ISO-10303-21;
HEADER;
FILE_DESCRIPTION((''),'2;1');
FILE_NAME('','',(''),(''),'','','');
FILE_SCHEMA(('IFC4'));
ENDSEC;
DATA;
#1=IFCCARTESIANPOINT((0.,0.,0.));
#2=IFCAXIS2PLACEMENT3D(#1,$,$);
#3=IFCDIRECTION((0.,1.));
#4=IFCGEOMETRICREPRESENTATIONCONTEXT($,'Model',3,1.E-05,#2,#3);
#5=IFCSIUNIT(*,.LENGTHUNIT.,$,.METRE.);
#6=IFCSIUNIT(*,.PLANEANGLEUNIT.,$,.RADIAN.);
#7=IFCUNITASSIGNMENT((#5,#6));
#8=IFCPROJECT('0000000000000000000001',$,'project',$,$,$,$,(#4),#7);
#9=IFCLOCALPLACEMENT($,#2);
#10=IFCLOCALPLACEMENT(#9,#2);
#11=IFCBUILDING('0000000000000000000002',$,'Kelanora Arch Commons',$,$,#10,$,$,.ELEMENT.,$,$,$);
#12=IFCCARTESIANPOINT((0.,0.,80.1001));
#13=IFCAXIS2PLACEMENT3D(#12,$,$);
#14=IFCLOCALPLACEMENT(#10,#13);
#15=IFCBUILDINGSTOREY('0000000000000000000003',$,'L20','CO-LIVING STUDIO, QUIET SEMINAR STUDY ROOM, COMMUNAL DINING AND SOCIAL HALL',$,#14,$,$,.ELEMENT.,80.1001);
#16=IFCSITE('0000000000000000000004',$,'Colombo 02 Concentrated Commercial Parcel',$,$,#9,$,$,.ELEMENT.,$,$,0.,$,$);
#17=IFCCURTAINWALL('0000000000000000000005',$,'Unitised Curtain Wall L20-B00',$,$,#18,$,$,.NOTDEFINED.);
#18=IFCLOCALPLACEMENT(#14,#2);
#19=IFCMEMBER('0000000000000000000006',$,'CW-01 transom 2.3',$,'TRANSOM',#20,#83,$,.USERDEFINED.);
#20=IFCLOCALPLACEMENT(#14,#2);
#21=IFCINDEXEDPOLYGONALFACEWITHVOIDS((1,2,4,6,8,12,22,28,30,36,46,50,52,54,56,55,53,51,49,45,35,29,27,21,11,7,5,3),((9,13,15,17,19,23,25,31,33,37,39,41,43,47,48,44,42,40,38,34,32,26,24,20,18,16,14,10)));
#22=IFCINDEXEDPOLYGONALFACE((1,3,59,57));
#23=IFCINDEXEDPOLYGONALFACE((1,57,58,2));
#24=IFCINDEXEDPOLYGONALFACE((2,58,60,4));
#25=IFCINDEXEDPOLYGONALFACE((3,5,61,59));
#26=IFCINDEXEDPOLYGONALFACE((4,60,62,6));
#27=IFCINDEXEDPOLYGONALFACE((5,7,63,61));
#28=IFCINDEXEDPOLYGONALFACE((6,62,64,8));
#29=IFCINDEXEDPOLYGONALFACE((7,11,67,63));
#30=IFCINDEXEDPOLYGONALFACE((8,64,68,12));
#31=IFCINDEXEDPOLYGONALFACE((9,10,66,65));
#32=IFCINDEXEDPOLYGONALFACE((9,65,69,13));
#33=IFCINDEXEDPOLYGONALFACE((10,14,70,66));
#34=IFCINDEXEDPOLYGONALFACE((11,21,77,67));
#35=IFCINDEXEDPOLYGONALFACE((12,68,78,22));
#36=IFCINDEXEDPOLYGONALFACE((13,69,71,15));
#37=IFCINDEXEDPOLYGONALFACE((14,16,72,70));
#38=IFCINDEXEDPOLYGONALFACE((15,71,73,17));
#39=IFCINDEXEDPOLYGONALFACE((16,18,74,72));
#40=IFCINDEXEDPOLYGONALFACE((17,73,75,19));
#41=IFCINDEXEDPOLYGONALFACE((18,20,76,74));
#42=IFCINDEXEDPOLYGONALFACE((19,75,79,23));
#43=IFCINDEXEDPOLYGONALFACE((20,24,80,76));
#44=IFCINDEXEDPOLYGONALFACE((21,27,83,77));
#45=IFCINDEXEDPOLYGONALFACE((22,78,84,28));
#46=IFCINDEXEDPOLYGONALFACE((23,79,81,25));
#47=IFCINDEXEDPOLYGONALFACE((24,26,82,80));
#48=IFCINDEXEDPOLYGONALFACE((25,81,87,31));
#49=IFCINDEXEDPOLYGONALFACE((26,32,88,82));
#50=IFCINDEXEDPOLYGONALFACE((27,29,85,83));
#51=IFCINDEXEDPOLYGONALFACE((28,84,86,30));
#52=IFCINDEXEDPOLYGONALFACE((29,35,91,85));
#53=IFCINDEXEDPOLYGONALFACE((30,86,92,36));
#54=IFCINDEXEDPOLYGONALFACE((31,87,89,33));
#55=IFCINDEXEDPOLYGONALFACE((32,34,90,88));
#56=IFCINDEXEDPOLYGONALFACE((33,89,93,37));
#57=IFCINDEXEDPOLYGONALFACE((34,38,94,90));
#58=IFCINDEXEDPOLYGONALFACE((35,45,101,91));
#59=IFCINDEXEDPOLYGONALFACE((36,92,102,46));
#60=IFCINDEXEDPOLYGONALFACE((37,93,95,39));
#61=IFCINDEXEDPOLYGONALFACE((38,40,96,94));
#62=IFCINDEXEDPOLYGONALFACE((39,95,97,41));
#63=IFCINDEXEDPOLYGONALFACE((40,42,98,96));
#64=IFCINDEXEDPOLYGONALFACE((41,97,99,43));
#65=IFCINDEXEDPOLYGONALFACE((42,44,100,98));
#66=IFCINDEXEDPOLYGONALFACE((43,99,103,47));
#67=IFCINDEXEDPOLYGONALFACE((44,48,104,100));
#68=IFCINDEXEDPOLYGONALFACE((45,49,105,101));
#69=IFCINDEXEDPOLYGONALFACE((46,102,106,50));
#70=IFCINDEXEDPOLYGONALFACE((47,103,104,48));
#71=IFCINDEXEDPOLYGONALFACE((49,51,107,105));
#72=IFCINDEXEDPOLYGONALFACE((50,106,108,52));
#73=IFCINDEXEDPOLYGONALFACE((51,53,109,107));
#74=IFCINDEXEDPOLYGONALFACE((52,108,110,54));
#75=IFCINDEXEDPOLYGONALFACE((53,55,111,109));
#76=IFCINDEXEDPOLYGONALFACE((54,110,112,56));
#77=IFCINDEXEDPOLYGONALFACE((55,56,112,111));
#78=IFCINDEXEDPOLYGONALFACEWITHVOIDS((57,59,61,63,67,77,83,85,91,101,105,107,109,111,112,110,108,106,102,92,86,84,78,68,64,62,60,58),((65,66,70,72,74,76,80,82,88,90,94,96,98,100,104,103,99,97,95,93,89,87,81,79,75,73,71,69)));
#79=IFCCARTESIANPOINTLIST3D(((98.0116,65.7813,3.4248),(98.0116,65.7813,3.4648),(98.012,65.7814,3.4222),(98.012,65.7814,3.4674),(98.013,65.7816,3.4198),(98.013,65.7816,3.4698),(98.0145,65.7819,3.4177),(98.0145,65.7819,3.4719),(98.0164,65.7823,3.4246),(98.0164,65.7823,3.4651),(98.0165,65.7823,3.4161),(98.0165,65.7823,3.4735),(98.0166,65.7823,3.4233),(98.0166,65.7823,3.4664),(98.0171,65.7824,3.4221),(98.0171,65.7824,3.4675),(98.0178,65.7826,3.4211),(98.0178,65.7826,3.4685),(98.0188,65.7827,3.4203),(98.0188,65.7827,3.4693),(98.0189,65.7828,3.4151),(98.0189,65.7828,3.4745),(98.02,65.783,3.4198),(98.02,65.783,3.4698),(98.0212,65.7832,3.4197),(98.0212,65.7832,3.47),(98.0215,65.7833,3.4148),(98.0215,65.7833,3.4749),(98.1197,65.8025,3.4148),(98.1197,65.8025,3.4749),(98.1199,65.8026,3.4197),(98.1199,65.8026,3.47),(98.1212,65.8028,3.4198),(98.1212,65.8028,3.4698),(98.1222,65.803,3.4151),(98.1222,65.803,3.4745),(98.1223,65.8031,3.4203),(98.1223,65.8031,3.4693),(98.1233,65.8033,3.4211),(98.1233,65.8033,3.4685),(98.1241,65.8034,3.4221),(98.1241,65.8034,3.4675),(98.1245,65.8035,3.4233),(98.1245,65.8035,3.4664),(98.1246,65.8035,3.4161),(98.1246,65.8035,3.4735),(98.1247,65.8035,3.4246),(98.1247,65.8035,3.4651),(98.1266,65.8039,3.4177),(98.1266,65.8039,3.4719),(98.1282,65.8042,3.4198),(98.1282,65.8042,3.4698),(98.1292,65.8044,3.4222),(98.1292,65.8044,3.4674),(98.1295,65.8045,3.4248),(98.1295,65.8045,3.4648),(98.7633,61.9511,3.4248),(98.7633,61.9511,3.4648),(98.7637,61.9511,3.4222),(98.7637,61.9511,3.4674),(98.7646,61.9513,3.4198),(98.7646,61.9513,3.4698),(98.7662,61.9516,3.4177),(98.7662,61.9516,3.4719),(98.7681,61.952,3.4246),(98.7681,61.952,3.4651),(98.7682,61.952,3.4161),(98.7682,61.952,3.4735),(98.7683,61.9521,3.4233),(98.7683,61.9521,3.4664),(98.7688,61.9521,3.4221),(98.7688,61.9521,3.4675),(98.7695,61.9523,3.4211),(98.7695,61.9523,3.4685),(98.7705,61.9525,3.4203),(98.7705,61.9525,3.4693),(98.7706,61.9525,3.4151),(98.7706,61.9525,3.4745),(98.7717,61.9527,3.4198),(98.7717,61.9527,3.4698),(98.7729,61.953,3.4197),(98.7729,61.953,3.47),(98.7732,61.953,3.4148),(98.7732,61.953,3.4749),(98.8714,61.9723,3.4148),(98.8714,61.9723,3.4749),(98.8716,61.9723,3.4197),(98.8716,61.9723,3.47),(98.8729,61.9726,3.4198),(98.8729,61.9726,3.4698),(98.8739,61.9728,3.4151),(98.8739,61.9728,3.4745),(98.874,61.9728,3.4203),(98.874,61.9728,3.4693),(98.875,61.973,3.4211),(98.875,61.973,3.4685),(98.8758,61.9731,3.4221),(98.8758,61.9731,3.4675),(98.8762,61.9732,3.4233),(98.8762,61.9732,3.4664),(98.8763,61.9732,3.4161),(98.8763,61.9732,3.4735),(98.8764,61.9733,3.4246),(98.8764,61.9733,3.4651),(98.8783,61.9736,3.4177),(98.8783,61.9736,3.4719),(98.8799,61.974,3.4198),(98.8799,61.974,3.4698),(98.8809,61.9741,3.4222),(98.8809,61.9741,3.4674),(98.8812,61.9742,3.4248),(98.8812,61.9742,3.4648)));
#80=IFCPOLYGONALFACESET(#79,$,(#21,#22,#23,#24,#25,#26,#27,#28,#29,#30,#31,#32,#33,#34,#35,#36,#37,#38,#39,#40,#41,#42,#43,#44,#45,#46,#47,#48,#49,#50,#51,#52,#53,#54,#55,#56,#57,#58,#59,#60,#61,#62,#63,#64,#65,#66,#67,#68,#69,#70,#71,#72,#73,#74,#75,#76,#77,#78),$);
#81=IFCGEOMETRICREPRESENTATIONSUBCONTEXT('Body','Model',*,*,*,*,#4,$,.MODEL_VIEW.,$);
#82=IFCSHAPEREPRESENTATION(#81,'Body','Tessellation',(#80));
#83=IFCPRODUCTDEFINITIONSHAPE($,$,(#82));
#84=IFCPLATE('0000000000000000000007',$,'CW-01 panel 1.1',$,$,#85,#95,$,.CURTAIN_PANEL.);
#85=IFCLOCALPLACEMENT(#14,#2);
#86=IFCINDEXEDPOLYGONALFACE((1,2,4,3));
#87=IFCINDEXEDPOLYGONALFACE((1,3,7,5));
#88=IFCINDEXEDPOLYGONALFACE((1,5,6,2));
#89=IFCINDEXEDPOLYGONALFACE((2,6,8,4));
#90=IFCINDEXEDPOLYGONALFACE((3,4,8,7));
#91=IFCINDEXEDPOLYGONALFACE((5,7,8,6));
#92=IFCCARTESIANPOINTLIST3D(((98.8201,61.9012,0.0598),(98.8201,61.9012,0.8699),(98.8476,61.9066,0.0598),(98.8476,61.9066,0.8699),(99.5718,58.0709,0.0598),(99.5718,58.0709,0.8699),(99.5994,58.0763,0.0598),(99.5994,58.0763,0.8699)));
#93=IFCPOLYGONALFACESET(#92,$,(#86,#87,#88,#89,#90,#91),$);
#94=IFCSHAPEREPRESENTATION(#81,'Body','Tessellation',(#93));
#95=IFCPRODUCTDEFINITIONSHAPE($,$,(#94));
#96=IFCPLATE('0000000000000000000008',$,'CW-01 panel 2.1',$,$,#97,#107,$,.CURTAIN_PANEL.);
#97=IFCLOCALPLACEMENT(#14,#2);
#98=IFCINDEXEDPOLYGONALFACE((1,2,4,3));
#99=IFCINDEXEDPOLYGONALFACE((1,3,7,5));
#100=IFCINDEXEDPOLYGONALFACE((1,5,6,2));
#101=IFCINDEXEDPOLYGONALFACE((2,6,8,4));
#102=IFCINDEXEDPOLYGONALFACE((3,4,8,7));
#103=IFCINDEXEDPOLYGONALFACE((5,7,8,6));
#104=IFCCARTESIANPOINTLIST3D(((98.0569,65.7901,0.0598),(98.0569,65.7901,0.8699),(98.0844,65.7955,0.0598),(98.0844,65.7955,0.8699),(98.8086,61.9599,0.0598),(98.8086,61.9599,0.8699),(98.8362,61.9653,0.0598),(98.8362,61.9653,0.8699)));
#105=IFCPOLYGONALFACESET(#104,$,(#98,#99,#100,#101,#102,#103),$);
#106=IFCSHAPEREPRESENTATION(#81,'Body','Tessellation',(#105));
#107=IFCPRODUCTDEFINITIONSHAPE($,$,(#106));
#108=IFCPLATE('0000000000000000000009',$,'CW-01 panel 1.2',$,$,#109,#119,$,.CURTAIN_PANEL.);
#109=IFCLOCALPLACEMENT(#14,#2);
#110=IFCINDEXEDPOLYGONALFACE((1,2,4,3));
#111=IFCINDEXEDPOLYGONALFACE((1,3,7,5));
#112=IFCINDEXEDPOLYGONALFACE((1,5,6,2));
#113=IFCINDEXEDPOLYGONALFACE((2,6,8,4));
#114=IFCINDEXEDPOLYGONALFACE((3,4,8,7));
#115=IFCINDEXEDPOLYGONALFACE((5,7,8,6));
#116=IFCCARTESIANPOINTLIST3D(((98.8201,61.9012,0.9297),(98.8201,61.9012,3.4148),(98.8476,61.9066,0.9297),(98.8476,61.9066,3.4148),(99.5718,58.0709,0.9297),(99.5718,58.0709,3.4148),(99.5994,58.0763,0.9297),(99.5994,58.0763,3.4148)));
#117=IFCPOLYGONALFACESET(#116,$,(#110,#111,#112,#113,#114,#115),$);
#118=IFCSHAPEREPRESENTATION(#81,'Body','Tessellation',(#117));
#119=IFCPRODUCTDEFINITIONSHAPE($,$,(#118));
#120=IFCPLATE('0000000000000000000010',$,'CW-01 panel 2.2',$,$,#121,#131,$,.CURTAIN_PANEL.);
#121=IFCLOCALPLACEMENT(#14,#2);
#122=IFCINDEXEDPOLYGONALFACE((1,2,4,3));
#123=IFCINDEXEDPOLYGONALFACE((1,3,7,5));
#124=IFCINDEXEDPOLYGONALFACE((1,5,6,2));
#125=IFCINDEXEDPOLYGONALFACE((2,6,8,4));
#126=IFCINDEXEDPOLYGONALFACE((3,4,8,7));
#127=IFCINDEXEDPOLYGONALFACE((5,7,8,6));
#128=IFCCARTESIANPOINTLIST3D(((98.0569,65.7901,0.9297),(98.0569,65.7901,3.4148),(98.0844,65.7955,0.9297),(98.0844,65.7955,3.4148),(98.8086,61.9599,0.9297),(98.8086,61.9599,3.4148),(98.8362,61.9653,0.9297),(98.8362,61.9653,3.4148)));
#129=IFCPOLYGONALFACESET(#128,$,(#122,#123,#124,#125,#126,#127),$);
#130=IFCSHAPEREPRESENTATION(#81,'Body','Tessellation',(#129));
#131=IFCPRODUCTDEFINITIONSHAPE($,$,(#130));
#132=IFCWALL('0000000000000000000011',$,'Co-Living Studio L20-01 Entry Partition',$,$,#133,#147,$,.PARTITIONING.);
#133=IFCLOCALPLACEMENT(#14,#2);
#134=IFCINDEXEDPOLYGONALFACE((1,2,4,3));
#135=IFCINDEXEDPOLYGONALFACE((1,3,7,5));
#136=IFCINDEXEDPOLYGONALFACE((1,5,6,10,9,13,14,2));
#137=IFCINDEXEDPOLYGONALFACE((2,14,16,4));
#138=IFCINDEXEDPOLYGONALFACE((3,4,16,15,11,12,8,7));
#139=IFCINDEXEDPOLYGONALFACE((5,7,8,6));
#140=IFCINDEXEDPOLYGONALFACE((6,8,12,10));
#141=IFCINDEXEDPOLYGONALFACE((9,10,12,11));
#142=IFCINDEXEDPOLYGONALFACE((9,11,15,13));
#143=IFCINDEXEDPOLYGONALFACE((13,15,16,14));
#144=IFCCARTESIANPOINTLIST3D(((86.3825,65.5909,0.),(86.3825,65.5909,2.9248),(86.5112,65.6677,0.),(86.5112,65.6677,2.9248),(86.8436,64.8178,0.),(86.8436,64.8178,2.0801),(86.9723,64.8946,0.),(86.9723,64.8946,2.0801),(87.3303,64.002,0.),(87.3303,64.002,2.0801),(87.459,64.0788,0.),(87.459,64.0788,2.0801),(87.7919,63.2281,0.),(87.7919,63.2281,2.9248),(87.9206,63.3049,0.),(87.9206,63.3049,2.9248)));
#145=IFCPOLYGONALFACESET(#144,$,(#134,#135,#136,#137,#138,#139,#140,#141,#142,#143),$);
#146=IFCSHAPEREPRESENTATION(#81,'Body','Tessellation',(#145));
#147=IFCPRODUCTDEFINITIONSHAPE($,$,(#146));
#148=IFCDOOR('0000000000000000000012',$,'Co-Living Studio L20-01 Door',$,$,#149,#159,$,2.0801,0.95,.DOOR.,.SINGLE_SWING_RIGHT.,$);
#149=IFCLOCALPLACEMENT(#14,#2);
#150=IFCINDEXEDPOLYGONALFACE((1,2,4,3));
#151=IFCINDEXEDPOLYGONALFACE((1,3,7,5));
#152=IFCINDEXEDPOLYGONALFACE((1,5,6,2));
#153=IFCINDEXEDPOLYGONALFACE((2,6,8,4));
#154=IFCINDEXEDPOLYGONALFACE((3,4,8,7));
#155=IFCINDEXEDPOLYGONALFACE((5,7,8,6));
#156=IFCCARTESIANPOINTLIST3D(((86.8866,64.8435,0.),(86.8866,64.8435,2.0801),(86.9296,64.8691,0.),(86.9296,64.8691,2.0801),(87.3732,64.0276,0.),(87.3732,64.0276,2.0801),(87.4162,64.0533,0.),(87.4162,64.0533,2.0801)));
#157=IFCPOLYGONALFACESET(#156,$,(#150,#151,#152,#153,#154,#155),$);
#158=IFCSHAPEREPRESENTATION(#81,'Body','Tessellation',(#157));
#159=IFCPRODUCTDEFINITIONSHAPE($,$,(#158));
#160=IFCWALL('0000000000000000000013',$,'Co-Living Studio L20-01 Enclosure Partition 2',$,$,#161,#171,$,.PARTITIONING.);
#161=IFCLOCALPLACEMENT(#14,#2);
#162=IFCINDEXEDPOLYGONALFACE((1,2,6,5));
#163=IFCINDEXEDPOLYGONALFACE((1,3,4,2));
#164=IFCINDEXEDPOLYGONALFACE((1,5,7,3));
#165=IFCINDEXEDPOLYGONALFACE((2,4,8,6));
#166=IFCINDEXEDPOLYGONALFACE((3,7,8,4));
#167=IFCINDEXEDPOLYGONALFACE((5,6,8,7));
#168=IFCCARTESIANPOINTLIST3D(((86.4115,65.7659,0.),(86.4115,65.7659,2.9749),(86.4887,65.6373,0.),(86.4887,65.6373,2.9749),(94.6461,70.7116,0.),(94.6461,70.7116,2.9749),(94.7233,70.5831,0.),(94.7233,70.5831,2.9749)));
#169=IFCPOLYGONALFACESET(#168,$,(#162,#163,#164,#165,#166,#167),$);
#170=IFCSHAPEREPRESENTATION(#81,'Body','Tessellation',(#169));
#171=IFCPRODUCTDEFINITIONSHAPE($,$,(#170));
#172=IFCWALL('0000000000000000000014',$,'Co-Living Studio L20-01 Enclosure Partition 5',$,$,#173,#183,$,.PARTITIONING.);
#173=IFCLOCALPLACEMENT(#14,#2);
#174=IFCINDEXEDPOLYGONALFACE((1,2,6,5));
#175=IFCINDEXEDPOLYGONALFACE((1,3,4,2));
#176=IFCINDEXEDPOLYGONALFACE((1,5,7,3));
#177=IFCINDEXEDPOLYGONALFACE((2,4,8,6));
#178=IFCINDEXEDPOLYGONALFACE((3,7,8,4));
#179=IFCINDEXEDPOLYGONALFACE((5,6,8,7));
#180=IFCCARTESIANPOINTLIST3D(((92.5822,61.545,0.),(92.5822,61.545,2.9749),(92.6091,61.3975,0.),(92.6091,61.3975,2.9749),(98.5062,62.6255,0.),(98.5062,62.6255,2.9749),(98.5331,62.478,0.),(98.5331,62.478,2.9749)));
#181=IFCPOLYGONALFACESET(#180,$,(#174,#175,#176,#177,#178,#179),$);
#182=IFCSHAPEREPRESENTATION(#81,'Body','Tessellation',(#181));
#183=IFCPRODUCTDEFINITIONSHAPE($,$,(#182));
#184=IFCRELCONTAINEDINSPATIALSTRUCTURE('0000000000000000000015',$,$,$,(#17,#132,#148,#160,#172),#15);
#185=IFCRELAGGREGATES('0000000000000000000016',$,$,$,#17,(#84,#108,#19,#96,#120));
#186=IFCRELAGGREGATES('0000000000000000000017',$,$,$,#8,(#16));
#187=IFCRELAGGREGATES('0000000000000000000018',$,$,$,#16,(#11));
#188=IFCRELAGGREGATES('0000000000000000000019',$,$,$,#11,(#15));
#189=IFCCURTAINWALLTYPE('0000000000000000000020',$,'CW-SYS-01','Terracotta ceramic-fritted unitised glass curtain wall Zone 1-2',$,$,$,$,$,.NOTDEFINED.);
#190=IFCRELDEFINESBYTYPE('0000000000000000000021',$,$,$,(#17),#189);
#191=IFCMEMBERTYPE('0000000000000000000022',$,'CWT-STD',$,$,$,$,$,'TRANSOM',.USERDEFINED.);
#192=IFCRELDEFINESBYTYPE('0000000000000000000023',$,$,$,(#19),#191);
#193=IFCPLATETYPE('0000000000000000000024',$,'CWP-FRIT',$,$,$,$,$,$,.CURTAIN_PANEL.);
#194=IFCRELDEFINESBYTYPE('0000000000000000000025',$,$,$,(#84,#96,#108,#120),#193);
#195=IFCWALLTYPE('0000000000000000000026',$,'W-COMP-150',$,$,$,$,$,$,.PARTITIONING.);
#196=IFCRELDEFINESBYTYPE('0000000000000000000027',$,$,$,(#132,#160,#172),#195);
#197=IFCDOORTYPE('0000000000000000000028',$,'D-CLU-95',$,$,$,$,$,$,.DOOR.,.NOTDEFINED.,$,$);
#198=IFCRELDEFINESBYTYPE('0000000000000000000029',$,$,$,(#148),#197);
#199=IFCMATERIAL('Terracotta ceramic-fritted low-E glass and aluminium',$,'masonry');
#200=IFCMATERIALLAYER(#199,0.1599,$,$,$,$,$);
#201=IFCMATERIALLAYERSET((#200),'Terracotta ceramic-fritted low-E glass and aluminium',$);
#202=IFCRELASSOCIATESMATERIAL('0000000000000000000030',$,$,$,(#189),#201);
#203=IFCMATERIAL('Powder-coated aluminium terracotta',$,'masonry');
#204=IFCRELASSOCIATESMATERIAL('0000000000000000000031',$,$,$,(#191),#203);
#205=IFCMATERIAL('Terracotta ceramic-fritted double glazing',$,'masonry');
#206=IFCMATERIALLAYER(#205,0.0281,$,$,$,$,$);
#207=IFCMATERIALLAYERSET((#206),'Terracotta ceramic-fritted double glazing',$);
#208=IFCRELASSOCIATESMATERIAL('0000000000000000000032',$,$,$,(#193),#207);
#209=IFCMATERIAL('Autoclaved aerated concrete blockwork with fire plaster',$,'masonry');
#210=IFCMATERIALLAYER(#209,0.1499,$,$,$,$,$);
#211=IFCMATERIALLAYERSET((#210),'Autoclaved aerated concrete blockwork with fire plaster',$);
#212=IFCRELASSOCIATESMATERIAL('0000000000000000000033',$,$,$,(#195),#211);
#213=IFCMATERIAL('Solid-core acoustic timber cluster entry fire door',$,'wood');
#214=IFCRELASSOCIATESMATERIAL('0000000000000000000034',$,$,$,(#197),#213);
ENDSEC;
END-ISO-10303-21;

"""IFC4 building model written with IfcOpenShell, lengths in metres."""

from ifc_helpers import new_model, si_unit, direction, frame, frame_2d, origin, origin_2d, place, context, subcontext, project, spatial, rectangle, hollow_rectangle, extrude, source, transform, mapped, material, layer, layer_set, material_profile, profile_set, type_object, element, fill, aggregate, save


model = new_model("IFC4")

# Units and contexts
model_context = context("Model", 3, precision=1e-05, world=origin(), true_north=direction((0.0, 1.0)))
body_context = subcontext(model_context, "Body", "Model", "MODEL_VIEW")
ifc_project = project(units=[si_unit("LENGTHUNIT", "METRE"), si_unit("PLANEANGLEUNIT", "RADIAN")], contexts=[model_context])

# Site, building, storey
site_placement = place(None, origin())
site = spatial("IfcSite", under=ifc_project, at=site_placement, Name="Colombo 02 Concentrated Commercial Parcel", CompositionType="ELEMENT", RefElevation=0.0)
building_placement = place(site_placement, origin())
building = spatial("IfcBuilding", under=site, at=building_placement, Name="Kelanora Arch Commons", CompositionType="ELEMENT")
storey_placement = place(building_placement, frame((0.0, 0.0, 80.1001)))
storey = spatial("IfcBuildingStorey", under=building, at=storey_placement, Name="L20", Description="CO-LIVING STUDIO, QUIET SEMINAR STUDY ROOM, COMMUNAL DINING AND SOCIAL HALL", CompositionType="ELEMENT", Elevation=80.1001)

# Curtain wall, member, plates
ifc_material_1 = material(Name="Terracotta ceramic-fritted low-E glass and aluminium", Category="masonry")
ifc_layer_1 = layer(ifc_material_1, 0.1599)
ifc_layer_set_1 = layer_set([ifc_layer_1], Name="Terracotta ceramic-fritted low-E glass and aluminium")
curtain_wall_type = type_object("IfcCurtainWallType", Name="CW-SYS-01", Description="Terracotta ceramic-fritted unitised glass curtain wall Zone 1-2", PredefinedType="NOTDEFINED", material=ifc_layer_set_1)
curtain_wall_placement = place(storey_placement, origin())
curtain_wall = element("IfcCurtainWall", 1, at=curtain_wall_placement, inside=storey, type_object=curtain_wall_type, Name="Unitised Curtain Wall L20-B00", PredefinedType="NOTDEFINED")
ifc_material_2 = material(Name="Powder-coated aluminium terracotta", Category="masonry")
ifc_material_profile_1 = material_profile(ifc_material_2, hollow_rectangle(XDim=0.1201, YDim=0.0601, WallThickness=0.0049, InnerFilletRadius=0.0049, OuterFilletRadius=0.01, at=origin_2d()), Name="CWT120x60")
ifc_profile_set_1 = profile_set([ifc_material_profile_1], Name="Powder-coated aluminium terracotta")
member_type_1 = type_object("IfcMemberType", Name="CWT-STD", ElementType="TRANSOM", PredefinedType="USERDEFINED", material=ifc_profile_set_1)
member_1_placement = place(storey_placement, frame((98.8223, 61.9626, 3.4448), z_axis=(-0.192579, 0.981282, 0.0), x_axis=(-0.981282, -0.192579, 0.0)))
member_1 = element("IfcMember", 2, at=member_1_placement, type_object=member_type_1, Name="CW-01 transom 2.3", ObjectType="TRANSOM", PredefinedType="USERDEFINED", context=body_context, shape_type="SweptSolid", body=[
    extrude(hollow_rectangle(XDim=0.1201, YDim=0.0601, WallThickness=0.0049, InnerFilletRadius=0.0049, OuterFilletRadius=0.01, at=origin_2d()), origin(), (0.0, 0.0, 1.0), 3.9033),
])
ifc_material_3 = material(Name="Terracotta ceramic-fritted double glazing", Category="masonry")
ifc_layer_2 = layer(ifc_material_3, 0.0281)
ifc_layer_set_2 = layer_set([ifc_layer_2], Name="Terracotta ceramic-fritted double glazing")
plate_type = type_object("IfcPlateType", Name="CWP-FRIT", PredefinedType="CURTAIN_PANEL", material=ifc_layer_set_2)
shared_shape_1 = source(origin(), body_context, "Body", "SweptSolid", [
    extrude(rectangle(XDim=3.9033, YDim=0.0281, at=origin_2d()), origin(), (0.0, 0.0, 1.0), 0.8101),
])
plate_1_placement = place(storey_placement, frame((99.2097, 59.9888, 0.0598), z_axis=(0.0, 0.0, 1.0), x_axis=(-0.192585, 0.98128, 0.0)))
plate_1 = element("IfcPlate", 3, at=plate_1_placement, type_object=plate_type, Name="CW-01 panel 1.1", PredefinedType="CURTAIN_PANEL", context=body_context, shape_type="MappedRepresentation", body=[
    mapped(shared_shape_1, transform((0.0, 0.0, 0.0), scale=1.0)),
])
plate_2_placement = place(storey_placement, frame((98.4465, 63.8777, 0.0598), z_axis=(0.0, 0.0, 1.0), x_axis=(-0.192585, 0.98128, 0.0)))
plate_2 = element("IfcPlate", 4, at=plate_2_placement, type_object=plate_type, Name="CW-01 panel 2.1", PredefinedType="CURTAIN_PANEL", context=body_context, shape_type="MappedRepresentation", body=[
    mapped(shared_shape_1, transform((0.0, 0.0, 0.0), scale=1.0)),
])
shared_shape_2 = source(origin(), body_context, "Body", "SweptSolid", [
    extrude(rectangle(XDim=3.9033, YDim=0.0281, at=origin_2d()), origin(), (0.0, 0.0, 1.0), 2.4851),
])
plate_3_placement = place(storey_placement, frame((99.2097, 59.9888, 0.9297), z_axis=(0.0, 0.0, 1.0), x_axis=(-0.192585, 0.98128, 0.0)))
plate_3 = element("IfcPlate", 5, at=plate_3_placement, type_object=plate_type, Name="CW-01 panel 1.2", PredefinedType="CURTAIN_PANEL", context=body_context, shape_type="MappedRepresentation", body=[
    mapped(shared_shape_2, transform((0.0, 0.0, 0.0), scale=1.0)),
])
plate_4_placement = place(storey_placement, frame((98.4465, 63.8777, 0.9297), z_axis=(0.0, 0.0, 1.0), x_axis=(-0.192585, 0.98128, 0.0)))
plate_4 = element("IfcPlate", 6, at=plate_4_placement, type_object=plate_type, Name="CW-01 panel 2.2", PredefinedType="CURTAIN_PANEL", context=body_context, shape_type="MappedRepresentation", body=[
    mapped(shared_shape_2, transform((0.0, 0.0, 0.0), scale=1.0)),
])
aggregate(curtain_wall, [plate_1, plate_3, member_1, plate_2, plate_4])

# Wall, opening, door
ifc_material_4 = material(Name="Autoclaved aerated concrete blockwork with fire plaster", Category="masonry")
ifc_layer_3 = layer(ifc_material_4, 0.1499)
ifc_layer_set_3 = layer_set([ifc_layer_3], Name="Autoclaved aerated concrete blockwork with fire plaster")
wall_type_1 = type_object("IfcWallType", Name="W-COMP-150", PredefinedType="PARTITIONING", material=ifc_layer_set_3)
wall_1_placement = place(storey_placement, frame((87.8562, 63.2666, 0.0), z_axis=(0.0, 0.0, 1.0), x_axis=(-0.512289, 0.858813, 0.0)))
wall_1 = element("IfcWall", 7, at=wall_1_placement, inside=storey, type_object=wall_type_1, Name="Co-Living Studio L20-01 Entry Partition", PredefinedType="PARTITIONING", context=body_context, shape_type="SweptSolid", body=[
    extrude(rectangle(XDim=2.7512, YDim=0.1499, at=frame_2d((1.3755, 0.0))), origin(), (0.0, 0.0, 1.0), 2.9248),
])
opening_1_placement = place(wall_1_placement, frame((0.9009, 0.0, 0.0)))
opening_1 = element("IfcOpeningElement", 8, at=opening_1_placement, cuts=wall_1, PredefinedType="OPENING", context=body_context, shape_type="SweptSolid", body=[
    extrude(rectangle(XDim=0.95, YDim=2.0801, at=frame_2d((0.4751, 1.04))), frame((0.0, 0.085, 0.0), z_axis=(0.0, -1.0, 0.0), x_axis=(1.0, 0.0, 0.0)), (0.0, 0.0, 1.0), 0.1699),
])
ifc_material_5 = material(Name="Solid-core acoustic timber cluster entry fire door", Category="wood")
door_type_1 = type_object("IfcDoorType", Name="D-CLU-95", OperationType="NOTDEFINED", PredefinedType="DOOR", material=ifc_material_5)
door_1_placement = place(opening_1_placement, origin())
door_1 = element("IfcDoor", 9, at=door_1_placement, inside=storey, type_object=door_type_1, Name="Co-Living Studio L20-01 Door", OperationType="SINGLE_SWING_RIGHT", OverallHeight=2.0801, OverallWidth=0.95, PredefinedType="DOOR", context=body_context, shape_type="SweptSolid", body=[
    extrude(rectangle(XDim=0.95, YDim=2.0801, at=frame_2d((0.4751, 1.04))), frame((0.0, 0.0249, 0.0), z_axis=(0.0, -1.0, 0.0), x_axis=(1.0, 0.0, 0.0)), (0.0, 0.0, 1.0), 0.05),
])
fill(opening_1, door_1)

# Walls
wall_2_placement = place(storey_placement, frame((86.4502, 65.7017, 0.0), z_axis=(0.0, 0.0, 1.0), x_axis=(0.857262, 0.514881, 0.0)))
element("IfcWall", 10, at=wall_2_placement, inside=storey, type_object=wall_type_1, Name="Co-Living Studio L20-01 Enclosure Partition 2", PredefinedType="PARTITIONING", context=body_context, shape_type="SweptSolid", body=[
    extrude(rectangle(XDim=9.6057, YDim=0.1499, at=frame_2d((4.8027, 0.0))), origin(), (0.0, 0.0, 1.0), 2.9749),
])
wall_3_placement = place(storey_placement, frame((98.5195, 62.5518, 0.0), z_axis=(0.0, 0.0, 1.0), x_axis=(-0.983769, -0.179442, 0.0)))
element("IfcWall", 11, at=wall_3_placement, inside=storey, type_object=wall_type_1, Name="Co-Living Studio L20-01 Enclosure Partition 5", PredefinedType="PARTITIONING", context=body_context, shape_type="SweptSolid", body=[
    extrude(rectangle(XDim=6.0217, YDim=0.1499, at=frame_2d((3.0107, 0.0))), origin(), (0.0, 0.0, 1.0), 2.9749),
])

save(model, "model.ifc")
